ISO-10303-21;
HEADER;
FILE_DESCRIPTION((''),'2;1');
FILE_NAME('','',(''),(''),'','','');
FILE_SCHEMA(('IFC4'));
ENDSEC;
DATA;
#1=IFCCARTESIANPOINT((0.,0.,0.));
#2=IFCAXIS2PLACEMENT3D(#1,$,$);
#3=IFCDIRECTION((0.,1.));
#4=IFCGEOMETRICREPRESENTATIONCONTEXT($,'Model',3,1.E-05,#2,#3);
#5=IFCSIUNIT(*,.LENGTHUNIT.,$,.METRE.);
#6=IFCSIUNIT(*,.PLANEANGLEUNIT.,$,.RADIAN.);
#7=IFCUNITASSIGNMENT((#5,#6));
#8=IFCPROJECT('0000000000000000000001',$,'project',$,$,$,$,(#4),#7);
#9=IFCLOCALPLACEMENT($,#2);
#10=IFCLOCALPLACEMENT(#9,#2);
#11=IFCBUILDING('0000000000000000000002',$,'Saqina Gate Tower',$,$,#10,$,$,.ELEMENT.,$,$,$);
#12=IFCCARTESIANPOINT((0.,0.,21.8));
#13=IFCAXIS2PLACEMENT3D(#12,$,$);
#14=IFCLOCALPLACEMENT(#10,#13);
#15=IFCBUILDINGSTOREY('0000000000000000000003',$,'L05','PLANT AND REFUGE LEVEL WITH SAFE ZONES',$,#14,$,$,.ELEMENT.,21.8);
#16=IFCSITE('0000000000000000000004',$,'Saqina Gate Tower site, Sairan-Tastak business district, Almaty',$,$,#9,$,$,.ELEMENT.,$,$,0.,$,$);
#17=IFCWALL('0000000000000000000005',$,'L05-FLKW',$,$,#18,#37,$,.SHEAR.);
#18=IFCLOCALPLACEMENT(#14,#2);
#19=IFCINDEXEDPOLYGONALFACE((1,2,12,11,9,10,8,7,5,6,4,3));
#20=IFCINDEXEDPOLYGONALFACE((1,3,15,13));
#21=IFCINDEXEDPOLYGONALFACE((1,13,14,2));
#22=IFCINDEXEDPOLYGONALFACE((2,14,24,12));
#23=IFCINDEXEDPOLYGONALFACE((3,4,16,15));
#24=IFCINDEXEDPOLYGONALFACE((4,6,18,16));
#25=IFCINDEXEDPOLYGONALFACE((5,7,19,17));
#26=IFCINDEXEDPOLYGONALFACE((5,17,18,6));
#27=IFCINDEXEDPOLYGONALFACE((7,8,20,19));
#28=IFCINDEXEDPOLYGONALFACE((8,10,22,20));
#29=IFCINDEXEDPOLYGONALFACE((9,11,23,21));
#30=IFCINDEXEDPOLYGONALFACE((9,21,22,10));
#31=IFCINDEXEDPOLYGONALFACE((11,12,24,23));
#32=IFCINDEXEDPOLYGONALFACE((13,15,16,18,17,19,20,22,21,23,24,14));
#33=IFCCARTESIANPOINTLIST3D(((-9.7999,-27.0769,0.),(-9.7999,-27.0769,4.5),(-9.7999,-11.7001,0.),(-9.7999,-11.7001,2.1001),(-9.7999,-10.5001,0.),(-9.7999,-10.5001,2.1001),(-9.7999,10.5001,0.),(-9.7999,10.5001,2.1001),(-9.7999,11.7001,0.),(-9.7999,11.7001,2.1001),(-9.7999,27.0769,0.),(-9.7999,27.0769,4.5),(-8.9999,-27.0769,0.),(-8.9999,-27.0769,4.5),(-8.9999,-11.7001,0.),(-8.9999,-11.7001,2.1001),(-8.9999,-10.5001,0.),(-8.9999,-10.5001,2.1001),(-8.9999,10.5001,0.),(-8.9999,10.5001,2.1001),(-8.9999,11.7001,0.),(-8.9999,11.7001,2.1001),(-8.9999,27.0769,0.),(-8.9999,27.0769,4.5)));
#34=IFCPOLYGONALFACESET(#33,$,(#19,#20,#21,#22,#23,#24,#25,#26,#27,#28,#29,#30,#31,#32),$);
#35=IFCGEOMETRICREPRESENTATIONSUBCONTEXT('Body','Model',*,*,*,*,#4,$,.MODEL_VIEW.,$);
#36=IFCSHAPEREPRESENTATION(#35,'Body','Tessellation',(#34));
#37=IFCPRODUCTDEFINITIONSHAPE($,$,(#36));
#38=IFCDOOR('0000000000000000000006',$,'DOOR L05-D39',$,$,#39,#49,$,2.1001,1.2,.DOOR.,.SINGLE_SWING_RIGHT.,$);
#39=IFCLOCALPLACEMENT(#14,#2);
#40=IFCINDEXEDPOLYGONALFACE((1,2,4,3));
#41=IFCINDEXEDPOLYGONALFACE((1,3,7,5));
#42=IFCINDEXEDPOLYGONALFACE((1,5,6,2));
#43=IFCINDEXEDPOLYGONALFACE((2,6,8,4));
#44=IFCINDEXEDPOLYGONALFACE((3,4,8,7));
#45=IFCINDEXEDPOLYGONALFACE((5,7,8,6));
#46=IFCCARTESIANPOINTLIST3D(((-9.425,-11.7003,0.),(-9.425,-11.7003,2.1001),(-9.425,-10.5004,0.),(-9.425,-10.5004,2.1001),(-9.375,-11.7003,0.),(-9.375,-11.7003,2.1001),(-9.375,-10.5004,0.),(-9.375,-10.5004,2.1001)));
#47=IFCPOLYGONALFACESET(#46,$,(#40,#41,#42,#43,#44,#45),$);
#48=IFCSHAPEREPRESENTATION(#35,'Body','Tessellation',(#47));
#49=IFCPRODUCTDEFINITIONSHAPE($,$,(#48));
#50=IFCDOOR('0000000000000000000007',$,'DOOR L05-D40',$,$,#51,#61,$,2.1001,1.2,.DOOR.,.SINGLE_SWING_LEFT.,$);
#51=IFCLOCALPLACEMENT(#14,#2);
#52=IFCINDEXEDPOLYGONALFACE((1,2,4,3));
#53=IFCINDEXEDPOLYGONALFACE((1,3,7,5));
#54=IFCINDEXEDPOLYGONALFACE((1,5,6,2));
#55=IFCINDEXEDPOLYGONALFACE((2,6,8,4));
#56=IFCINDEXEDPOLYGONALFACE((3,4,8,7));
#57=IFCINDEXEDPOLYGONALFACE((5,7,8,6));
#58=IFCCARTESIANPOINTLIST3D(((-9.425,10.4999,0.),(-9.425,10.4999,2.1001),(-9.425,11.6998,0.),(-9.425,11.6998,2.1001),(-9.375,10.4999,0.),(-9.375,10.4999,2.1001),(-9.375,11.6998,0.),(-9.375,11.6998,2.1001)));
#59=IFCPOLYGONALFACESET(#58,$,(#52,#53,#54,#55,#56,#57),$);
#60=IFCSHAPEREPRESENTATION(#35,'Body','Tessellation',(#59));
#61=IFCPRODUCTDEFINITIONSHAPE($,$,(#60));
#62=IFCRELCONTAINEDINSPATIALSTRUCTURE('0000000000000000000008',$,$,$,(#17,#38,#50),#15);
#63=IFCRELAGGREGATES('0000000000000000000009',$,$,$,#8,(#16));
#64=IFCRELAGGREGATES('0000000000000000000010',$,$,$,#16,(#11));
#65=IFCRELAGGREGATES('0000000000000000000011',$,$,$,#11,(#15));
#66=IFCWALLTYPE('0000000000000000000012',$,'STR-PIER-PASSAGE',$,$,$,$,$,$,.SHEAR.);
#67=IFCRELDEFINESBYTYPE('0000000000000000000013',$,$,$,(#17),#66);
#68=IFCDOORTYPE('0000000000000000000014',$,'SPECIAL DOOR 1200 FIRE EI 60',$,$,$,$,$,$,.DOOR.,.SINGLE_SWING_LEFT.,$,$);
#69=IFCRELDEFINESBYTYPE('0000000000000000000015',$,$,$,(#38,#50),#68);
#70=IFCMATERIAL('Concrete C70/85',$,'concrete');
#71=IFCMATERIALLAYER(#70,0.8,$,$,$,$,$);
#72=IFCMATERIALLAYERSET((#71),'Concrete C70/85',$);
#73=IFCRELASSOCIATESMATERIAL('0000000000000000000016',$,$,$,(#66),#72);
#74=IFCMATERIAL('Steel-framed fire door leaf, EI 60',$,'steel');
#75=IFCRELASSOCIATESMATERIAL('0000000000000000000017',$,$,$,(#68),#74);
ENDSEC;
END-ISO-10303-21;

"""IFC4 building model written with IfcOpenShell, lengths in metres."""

from ifc_helpers import new_model, si_unit, direction, frame, frame_2d, origin, place, context, subcontext, project, spatial, rectangle, extrude, material, layer, layer_set, type_object, element, fill, save


model = new_model("IFC4")

# Units and contexts
model_context = context("Model", 3, precision=1e-05, world=origin(), true_north=direction((0.0, 1.0)))
body_context = subcontext(model_context, "Body", "Model", "MODEL_VIEW")
ifc_project = project(units=[si_unit("LENGTHUNIT", "METRE"), si_unit("PLANEANGLEUNIT", "RADIAN")], contexts=[model_context])

# Site, building, storey
site_placement = place(None, origin())
site = spatial("IfcSite", under=ifc_project, at=site_placement, Name="Saqina Gate Tower site, Sairan-Tastak business district, Almaty", CompositionType="ELEMENT", RefElevation=0.0)
building_placement = place(site_placement, origin())
building = spatial("IfcBuilding", under=site, at=building_placement, Name="Saqina Gate Tower", CompositionType="ELEMENT")
storey_placement = place(building_placement, frame((0.0, 0.0, 21.8)))
storey = spatial("IfcBuildingStorey", under=building, at=storey_placement, Name="L05", Description="PLANT AND REFUGE LEVEL WITH SAFE ZONES", CompositionType="ELEMENT", Elevation=21.8)

# Wall, openings, doors
ifc_material_1 = material(Name="Concrete C70/85", Category="concrete")
ifc_layer_1 = layer(ifc_material_1, 0.8)
ifc_layer_set_1 = layer_set([ifc_layer_1], Name="Concrete C70/85")
wall_type_1 = type_object("IfcWallType", Name="STR-PIER-PASSAGE", PredefinedType="SHEAR", material=ifc_layer_set_1)
wall_1_placement = place(storey_placement, frame((-9.3999, -27.0769, 0.0), z_axis=(0.0, 0.0, 1.0), x_axis=(0.0, 1.0, 0.0)))
wall_1 = element("IfcWall", 1, at=wall_1_placement, inside=storey, type_object=wall_type_1, Name="L05-FLKW", PredefinedType="SHEAR", context=body_context, shape_type="SweptSolid", body=[
    extrude(rectangle(XDim=54.1538, YDim=0.8, at=frame_2d((27.0769, 0.0))), origin(), (0.0, 0.0, 1.0), 4.5),
])
opening_1_placement = place(wall_1_placement, frame((15.3767, 0.0, 0.0)))
opening_1 = element("IfcOpeningElement", 2, at=opening_1_placement, cuts=wall_1, PredefinedType="OPENING", context=body_context, shape_type="SweptSolid", body=[
    extrude(rectangle(XDim=1.2, YDim=2.1001, at=frame_2d((0.6001, 1.05))), frame((0.0, 0.4121, 0.0), z_axis=(0.0, -1.0, 0.0), x_axis=(1.0, 0.0, 0.0)), (0.0, 0.0, 1.0), 0.824),
])
opening_2_placement = place(wall_1_placement, frame((37.5769, 0.0, 0.0)))
opening_2 = element("IfcOpeningElement", 3, at=opening_2_placement, cuts=wall_1, PredefinedType="OPENING", context=body_context, shape_type="SweptSolid", body=[
    extrude(rectangle(XDim=1.2, YDim=2.1001, at=frame_2d((0.6001, 1.05))), frame((0.0, 0.4121, 0.0), z_axis=(0.0, -1.0, 0.0), x_axis=(1.0, 0.0, 0.0)), (0.0, 0.0, 1.0), 0.824),
])
ifc_material_2 = material(Name="Steel-framed fire door leaf, EI 60", Category="steel")
door_type_1 = type_object("IfcDoorType", Name="SPECIAL DOOR 1200 FIRE EI 60", OperationType="SINGLE_SWING_LEFT", PredefinedType="DOOR", material=ifc_material_2)
door_1_placement = place(opening_1_placement, frame((1.2, 0.0, 0.0), z_axis=(0.0, 0.0, 1.0), x_axis=(-1.0, 0.0, 0.0)))
door_1 = element("IfcDoor", 4, at=door_1_placement, inside=storey, type_object=door_type_1, Name="DOOR L05-D39", OperationType="SINGLE_SWING_RIGHT", OverallHeight=2.1001, OverallWidth=1.2, PredefinedType="DOOR", context=body_context, shape_type="SweptSolid", body=[
    extrude(rectangle(XDim=1.2, YDim=2.1001, at=frame_2d((0.6001, 1.05))), frame((0.0, 0.0249, 0.0), z_axis=(0.0, -1.0, 0.0), x_axis=(1.0, 0.0, 0.0)), (0.0, 0.0, 1.0), 0.05),
])
fill(opening_1, door_1)
door_2_placement = place(opening_2_placement, frame((1.2, 0.0, 0.0), z_axis=(0.0, 0.0, 1.0), x_axis=(-1.0, 0.0, 0.0)))
door_2 = element("IfcDoor", 5, at=door_2_placement, inside=storey, type_object=door_type_1, Name="DOOR L05-D40", OperationType="SINGLE_SWING_LEFT", OverallHeight=2.1001, OverallWidth=1.2, PredefinedType="DOOR", context=body_context, shape_type="SweptSolid", body=[
    extrude(rectangle(XDim=1.2, YDim=2.1001, at=frame_2d((0.6001, 1.05))), frame((0.0, 0.0249, 0.0), z_axis=(0.0, -1.0, 0.0), x_axis=(1.0, 0.0, 0.0)), (0.0, 0.0, 1.0), 0.05),
])
fill(opening_2, door_2)

save(model, "model.ifc")
